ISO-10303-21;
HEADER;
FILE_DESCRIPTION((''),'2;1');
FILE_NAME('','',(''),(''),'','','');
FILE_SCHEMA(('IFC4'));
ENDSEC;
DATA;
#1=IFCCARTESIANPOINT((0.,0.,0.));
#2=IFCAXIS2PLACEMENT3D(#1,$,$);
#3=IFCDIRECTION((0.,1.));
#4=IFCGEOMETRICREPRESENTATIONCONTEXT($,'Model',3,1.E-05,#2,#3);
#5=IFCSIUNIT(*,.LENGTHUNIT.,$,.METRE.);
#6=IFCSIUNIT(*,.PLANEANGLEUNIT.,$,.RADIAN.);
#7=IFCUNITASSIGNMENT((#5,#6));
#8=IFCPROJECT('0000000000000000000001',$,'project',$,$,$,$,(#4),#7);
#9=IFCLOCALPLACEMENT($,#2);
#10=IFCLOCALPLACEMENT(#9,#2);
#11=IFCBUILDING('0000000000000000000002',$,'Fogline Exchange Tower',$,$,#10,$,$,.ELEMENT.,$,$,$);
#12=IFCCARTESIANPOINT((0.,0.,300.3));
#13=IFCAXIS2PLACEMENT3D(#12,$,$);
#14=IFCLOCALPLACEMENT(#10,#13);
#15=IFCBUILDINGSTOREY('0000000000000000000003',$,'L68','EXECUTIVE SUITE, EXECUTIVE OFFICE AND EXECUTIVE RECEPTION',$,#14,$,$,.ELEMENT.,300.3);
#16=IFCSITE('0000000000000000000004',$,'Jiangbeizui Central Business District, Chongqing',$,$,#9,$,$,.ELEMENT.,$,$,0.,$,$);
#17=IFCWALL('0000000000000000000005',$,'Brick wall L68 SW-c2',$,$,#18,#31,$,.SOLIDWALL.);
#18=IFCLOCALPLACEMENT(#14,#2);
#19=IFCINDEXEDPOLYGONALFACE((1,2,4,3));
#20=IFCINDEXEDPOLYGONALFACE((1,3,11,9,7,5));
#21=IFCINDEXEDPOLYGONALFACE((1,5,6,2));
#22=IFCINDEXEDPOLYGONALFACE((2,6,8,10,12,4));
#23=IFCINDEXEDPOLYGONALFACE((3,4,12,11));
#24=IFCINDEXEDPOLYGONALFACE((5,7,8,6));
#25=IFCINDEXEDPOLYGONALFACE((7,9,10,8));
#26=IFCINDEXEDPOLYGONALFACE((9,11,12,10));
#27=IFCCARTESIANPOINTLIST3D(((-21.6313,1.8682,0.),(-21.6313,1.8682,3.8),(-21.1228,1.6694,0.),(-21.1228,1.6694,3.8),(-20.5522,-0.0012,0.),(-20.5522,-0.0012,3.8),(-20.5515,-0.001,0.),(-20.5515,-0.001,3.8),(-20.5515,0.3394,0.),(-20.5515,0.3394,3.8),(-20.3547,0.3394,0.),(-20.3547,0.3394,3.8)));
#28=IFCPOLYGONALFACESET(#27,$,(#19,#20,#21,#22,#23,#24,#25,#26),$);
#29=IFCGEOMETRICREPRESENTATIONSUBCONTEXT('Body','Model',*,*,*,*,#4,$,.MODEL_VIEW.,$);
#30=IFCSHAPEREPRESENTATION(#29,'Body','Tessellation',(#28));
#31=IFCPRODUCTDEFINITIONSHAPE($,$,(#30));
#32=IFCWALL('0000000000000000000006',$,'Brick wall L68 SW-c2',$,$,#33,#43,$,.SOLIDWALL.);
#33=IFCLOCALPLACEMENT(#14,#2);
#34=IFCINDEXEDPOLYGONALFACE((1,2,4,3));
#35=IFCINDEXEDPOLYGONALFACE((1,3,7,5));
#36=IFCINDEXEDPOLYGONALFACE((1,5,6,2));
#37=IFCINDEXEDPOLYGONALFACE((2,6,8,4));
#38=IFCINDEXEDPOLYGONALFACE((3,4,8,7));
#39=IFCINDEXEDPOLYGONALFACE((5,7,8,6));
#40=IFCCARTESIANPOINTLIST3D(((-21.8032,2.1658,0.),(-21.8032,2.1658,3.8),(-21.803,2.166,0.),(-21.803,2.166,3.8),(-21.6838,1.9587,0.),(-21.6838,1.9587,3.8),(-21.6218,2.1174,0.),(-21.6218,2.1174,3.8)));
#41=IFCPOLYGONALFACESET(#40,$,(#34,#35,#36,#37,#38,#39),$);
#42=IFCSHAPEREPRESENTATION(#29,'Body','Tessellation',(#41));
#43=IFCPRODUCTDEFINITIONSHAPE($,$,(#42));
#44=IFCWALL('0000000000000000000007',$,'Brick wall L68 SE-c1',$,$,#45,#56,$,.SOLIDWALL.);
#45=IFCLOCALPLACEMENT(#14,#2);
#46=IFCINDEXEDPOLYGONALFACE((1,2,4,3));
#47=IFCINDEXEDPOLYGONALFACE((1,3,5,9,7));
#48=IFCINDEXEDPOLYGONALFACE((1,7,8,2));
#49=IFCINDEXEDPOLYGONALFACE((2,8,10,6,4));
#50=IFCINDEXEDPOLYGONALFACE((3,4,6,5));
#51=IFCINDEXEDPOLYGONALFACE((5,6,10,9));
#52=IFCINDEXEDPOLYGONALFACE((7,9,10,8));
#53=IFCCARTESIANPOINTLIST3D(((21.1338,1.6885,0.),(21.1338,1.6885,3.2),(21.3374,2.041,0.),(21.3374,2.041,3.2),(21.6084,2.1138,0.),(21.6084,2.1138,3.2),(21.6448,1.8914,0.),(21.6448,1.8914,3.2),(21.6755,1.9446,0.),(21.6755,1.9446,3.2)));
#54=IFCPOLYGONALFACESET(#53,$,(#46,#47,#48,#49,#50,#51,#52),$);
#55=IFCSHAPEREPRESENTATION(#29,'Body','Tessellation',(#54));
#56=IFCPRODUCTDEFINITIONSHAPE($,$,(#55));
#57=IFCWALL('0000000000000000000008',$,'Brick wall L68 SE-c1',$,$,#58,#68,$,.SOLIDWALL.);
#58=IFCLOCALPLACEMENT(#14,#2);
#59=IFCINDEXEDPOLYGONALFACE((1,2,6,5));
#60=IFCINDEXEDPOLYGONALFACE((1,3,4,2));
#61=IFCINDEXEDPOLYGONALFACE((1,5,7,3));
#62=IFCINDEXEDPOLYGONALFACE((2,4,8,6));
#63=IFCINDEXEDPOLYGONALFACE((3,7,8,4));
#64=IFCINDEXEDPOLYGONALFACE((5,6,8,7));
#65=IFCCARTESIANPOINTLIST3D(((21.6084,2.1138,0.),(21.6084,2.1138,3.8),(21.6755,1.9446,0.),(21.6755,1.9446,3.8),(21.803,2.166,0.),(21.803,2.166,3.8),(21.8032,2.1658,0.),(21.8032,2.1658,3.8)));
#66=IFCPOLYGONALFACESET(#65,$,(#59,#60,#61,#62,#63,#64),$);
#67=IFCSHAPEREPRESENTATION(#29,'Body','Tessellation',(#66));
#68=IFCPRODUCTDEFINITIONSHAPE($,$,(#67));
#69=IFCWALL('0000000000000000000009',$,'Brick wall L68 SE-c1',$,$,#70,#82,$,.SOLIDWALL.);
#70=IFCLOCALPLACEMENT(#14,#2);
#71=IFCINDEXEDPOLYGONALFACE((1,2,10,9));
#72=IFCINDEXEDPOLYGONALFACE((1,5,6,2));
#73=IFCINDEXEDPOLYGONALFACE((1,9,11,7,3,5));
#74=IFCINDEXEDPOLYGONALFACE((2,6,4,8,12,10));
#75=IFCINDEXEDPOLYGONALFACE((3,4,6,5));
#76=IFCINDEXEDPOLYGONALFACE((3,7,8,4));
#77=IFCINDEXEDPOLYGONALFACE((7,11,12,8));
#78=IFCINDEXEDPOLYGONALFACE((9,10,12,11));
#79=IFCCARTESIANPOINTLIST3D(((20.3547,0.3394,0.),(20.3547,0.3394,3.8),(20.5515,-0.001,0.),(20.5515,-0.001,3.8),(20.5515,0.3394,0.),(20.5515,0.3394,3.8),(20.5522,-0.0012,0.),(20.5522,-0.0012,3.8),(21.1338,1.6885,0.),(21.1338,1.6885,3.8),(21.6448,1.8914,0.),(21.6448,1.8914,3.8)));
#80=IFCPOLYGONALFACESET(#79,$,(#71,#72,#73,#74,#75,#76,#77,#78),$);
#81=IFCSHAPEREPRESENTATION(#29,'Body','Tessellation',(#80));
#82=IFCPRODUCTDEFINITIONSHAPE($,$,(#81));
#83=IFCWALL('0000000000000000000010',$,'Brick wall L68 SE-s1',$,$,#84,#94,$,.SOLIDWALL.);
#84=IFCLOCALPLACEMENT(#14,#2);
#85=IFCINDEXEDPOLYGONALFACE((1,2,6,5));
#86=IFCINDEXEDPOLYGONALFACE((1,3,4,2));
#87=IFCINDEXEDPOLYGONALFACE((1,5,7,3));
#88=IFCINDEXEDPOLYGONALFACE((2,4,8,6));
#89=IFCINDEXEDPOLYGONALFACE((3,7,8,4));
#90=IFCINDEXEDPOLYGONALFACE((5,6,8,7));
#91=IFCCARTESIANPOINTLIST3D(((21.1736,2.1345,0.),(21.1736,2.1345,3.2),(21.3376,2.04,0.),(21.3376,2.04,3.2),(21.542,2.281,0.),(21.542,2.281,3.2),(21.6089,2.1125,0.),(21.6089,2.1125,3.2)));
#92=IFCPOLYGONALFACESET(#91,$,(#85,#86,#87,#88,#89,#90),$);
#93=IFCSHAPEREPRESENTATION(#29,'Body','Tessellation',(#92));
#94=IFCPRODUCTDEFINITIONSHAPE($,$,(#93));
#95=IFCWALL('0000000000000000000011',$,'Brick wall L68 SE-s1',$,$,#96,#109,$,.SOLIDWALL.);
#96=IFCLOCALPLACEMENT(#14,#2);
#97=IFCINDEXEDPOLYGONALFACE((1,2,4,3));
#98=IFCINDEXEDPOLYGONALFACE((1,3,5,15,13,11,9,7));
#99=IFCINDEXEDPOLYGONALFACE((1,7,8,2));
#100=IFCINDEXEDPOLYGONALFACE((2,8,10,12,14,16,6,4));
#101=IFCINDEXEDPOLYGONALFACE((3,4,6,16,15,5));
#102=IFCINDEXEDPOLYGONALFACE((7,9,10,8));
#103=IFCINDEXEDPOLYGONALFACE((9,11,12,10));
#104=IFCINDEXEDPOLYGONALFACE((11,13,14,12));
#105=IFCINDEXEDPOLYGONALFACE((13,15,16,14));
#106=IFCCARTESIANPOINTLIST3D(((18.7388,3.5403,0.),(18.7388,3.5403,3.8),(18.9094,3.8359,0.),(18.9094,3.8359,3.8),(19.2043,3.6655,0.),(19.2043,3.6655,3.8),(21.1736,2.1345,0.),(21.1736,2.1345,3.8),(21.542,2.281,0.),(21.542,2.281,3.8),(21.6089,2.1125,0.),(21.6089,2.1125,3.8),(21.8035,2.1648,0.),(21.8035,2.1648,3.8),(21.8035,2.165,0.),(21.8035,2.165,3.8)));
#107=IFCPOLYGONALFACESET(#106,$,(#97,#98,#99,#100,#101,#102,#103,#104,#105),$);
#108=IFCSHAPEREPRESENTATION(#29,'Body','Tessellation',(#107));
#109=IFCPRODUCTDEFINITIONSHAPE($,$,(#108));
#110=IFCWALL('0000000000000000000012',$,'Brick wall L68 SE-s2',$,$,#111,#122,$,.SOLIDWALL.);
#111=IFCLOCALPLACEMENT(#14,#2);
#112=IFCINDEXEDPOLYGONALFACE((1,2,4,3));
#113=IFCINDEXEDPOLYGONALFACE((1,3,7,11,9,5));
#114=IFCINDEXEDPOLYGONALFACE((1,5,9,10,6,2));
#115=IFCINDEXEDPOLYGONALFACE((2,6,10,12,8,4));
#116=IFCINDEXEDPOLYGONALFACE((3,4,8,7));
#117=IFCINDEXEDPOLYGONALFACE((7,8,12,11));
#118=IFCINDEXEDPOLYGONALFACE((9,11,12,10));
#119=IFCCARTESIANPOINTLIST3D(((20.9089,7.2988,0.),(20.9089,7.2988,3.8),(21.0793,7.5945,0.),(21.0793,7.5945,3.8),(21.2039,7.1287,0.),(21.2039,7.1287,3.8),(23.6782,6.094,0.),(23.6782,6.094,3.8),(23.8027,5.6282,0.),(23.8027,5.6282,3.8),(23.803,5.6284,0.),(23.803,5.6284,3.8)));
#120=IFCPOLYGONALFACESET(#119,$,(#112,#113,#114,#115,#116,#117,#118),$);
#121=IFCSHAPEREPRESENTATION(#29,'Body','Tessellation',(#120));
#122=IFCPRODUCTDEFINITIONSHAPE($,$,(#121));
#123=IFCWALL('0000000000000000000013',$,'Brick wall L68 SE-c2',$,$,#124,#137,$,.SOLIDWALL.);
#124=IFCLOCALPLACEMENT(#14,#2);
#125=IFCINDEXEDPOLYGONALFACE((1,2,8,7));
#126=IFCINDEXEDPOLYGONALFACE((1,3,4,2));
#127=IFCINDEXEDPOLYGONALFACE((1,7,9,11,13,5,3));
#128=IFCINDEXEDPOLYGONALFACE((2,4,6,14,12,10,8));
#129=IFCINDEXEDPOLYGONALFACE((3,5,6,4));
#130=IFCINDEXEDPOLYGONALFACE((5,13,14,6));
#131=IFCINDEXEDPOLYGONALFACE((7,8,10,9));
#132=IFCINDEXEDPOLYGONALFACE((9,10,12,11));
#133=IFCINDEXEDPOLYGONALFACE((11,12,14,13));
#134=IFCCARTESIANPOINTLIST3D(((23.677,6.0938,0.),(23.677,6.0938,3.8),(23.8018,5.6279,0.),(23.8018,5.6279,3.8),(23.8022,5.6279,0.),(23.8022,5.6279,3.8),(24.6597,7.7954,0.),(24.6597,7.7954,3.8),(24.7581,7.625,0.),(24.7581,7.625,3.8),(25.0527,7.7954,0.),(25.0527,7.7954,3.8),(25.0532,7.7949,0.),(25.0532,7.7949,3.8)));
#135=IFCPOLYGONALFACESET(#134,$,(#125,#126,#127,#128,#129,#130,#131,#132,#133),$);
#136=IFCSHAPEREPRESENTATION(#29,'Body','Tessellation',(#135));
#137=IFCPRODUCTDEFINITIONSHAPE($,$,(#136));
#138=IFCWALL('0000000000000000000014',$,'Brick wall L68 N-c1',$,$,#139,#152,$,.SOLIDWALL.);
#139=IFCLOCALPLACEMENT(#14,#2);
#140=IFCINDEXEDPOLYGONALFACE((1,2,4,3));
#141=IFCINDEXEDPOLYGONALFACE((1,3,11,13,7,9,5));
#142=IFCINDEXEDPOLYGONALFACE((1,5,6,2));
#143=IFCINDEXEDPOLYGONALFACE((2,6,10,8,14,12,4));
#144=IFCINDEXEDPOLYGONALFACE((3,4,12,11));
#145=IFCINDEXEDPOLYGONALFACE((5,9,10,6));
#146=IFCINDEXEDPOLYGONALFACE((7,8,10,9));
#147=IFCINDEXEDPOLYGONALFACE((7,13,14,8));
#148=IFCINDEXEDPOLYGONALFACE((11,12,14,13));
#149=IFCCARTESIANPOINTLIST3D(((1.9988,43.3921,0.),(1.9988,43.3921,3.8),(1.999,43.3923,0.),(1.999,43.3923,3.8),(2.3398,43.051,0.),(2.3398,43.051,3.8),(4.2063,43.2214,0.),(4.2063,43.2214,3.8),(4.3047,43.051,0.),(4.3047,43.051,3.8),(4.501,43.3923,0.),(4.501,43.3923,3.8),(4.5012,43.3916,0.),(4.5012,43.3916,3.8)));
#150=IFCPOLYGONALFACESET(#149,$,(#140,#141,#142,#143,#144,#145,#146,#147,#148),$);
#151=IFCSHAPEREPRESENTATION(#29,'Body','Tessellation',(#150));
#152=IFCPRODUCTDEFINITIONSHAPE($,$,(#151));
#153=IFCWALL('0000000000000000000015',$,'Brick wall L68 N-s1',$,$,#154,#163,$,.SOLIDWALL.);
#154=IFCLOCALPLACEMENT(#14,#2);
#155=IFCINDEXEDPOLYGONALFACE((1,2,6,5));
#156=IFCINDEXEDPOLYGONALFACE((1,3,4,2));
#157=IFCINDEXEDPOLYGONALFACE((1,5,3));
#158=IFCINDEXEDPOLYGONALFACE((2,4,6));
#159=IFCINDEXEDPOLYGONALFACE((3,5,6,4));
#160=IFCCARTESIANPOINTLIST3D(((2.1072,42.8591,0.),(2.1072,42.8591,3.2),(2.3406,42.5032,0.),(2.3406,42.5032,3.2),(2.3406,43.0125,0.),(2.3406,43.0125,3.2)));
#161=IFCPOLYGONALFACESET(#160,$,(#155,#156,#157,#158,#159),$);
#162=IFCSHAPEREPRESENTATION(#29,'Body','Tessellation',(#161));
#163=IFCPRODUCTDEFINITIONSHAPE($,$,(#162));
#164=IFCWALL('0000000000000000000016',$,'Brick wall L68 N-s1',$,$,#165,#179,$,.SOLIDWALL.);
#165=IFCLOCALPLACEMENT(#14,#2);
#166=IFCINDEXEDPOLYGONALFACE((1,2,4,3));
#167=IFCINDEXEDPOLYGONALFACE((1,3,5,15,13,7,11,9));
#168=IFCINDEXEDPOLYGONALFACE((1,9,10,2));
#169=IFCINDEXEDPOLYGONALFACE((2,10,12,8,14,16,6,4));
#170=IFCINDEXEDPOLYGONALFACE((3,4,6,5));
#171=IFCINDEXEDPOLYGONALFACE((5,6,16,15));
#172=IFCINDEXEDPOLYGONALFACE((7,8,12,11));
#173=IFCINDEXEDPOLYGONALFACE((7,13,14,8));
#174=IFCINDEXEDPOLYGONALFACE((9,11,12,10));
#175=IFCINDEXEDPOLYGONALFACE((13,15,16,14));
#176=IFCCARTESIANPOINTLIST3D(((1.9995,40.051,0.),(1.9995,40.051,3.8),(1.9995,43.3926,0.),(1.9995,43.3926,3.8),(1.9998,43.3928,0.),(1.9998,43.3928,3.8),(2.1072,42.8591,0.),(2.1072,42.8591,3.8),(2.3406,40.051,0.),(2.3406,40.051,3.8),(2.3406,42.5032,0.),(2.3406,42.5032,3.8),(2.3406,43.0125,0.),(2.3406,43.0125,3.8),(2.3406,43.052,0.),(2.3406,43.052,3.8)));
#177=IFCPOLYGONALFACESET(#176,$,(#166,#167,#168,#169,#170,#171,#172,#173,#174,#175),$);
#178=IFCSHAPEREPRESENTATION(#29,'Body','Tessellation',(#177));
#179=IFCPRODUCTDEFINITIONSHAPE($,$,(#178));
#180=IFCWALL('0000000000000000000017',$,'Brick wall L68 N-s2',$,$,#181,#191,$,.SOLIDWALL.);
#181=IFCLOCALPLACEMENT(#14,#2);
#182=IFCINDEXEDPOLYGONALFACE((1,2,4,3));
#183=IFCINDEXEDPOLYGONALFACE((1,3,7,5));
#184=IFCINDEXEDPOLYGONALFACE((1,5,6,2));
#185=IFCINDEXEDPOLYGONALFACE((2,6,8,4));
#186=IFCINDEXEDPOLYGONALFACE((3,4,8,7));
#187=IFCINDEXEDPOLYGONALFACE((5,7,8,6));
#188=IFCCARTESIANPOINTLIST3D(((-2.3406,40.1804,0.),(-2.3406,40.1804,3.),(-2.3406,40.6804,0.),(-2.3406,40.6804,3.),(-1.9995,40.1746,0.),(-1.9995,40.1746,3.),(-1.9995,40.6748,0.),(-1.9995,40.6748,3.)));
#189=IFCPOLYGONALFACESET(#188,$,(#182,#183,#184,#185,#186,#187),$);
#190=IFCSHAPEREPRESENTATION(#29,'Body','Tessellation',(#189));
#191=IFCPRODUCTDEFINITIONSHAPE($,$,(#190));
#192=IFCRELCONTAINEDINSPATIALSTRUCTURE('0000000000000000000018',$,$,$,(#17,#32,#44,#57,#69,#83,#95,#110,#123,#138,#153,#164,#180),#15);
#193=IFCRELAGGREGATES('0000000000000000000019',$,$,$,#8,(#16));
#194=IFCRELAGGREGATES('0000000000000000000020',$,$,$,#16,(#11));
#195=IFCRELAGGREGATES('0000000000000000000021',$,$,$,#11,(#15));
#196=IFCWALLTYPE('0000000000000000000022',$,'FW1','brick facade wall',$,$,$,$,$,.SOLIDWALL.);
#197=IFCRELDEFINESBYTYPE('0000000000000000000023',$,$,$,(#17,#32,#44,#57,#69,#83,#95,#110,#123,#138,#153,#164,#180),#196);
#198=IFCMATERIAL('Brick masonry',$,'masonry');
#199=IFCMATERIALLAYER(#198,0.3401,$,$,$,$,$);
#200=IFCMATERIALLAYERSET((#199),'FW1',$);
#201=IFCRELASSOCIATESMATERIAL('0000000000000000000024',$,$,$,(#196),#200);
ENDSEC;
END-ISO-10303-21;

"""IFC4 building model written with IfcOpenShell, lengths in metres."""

from ifc_helpers import new_model, si_unit, direction, frame, origin, place, context, subcontext, project, spatial, polyline, outline, extrude, material, layer, layer_set, type_object, element, save


model = new_model("IFC4")

# Units and contexts
model_context = context("Model", 3, precision=1e-05, world=origin(), true_north=direction((0.0, 1.0)))
body_context = subcontext(model_context, "Body", "Model", "MODEL_VIEW")
ifc_project = project(units=[si_unit("LENGTHUNIT", "METRE"), si_unit("PLANEANGLEUNIT", "RADIAN")], contexts=[model_context])

# Site, building, storey
site_placement = place(None, origin())
site = spatial("IfcSite", under=ifc_project, at=site_placement, Name="Jiangbeizui Central Business District, Chongqing", CompositionType="ELEMENT", RefElevation=0.0)
building_placement = place(site_placement, origin())
building = spatial("IfcBuilding", under=site, at=building_placement, Name="Fogline Exchange Tower", CompositionType="ELEMENT")
storey_placement = place(building_placement, frame((0.0, 0.0, 300.3)))
storey = spatial("IfcBuildingStorey", under=building, at=storey_placement, Name="L68", Description="EXECUTIVE SUITE, EXECUTIVE OFFICE AND EXECUTIVE RECEPTION", CompositionType="ELEMENT", Elevation=300.3)

# Walls
ifc_material_1 = material(Name="Brick masonry", Category="masonry")
ifc_layer_1 = layer(ifc_material_1, 0.3401)
ifc_layer_set_1 = layer_set([ifc_layer_1], Name="FW1")
wall_type_1 = type_object("IfcWallType", Name="FW1", Description="brick facade wall", PredefinedType="SOLIDWALL", material=ifc_layer_set_1)
wall_1_placement = place(storey_placement, origin())
element("IfcWall", 1, at=wall_1_placement, inside=storey, type_object=wall_type_1, Name="Brick wall L68 SW-c2", PredefinedType="SOLIDWALL", context=body_context, shape_type="SweptSolid", body=[
    extrude(outline(polyline([(-20.5515, 0.3394), (-20.5515, -0.001), (-20.5522, -0.0012), (-21.6313, 1.8682), (-21.1228, 1.6694), (-20.3547, 0.3394), (-20.5515, 0.3394)])), origin(), (0.0, 0.0, 1.0), 3.8),
])
wall_2_placement = place(storey_placement, origin())
element("IfcWall", 2, at=wall_2_placement, inside=storey, type_object=wall_type_1, Name="Brick wall L68 SW-c2", PredefinedType="SOLIDWALL", context=body_context, shape_type="SweptSolid", body=[
    extrude(outline(polyline([(-21.8032, 2.1658), (-21.803, 2.166), (-21.6218, 2.1174), (-21.6838, 1.9587), (-21.8032, 2.1658)])), origin(), (0.0, 0.0, 1.0), 3.8),
])
wall_3_placement = place(storey_placement, origin())
element("IfcWall", 3, at=wall_3_placement, inside=storey, type_object=wall_type_1, Name="Brick wall L68 SE-c1", PredefinedType="SOLIDWALL", context=body_context, shape_type="SweptSolid", body=[
    extrude(outline(polyline([(21.6448, 1.8914), (21.1338, 1.6885), (21.3374, 2.041), (21.6084, 2.1138), (21.6755, 1.9446), (21.6448, 1.8914)])), origin(), (0.0, 0.0, 1.0), 3.2),
])
wall_4_placement = place(storey_placement, origin())
element("IfcWall", 4, at=wall_4_placement, inside=storey, type_object=wall_type_1, Name="Brick wall L68 SE-c1", PredefinedType="SOLIDWALL", context=body_context, shape_type="SweptSolid", body=[
    extrude(outline(polyline([(21.6755, 1.9446), (21.6084, 2.1138), (21.803, 2.166), (21.8032, 2.1658), (21.6755, 1.9446)])), origin(), (0.0, 0.0, 1.0), 3.8),
])
wall_5_placement = place(storey_placement, origin())
element("IfcWall", 5, at=wall_5_placement, inside=storey, type_object=wall_type_1, Name="Brick wall L68 SE-c1", PredefinedType="SOLIDWALL", context=body_context, shape_type="SweptSolid", body=[
    extrude(outline(polyline([(20.5522, -0.0012), (20.5515, -0.001), (20.5515, 0.3394), (20.3547, 0.3394), (21.1338, 1.6885), (21.6448, 1.8914), (20.5522, -0.0012)])), origin(), (0.0, 0.0, 1.0), 3.8),
])
wall_6_placement = place(storey_placement, origin())
element("IfcWall", 6, at=wall_6_placement, inside=storey, type_object=wall_type_1, Name="Brick wall L68 SE-s1", PredefinedType="SOLIDWALL", context=body_context, shape_type="SweptSolid", body=[
    extrude(outline(polyline([(21.3376, 2.04), (21.1736, 2.1345), (21.542, 2.281), (21.6089, 2.1125), (21.3376, 2.04)])), origin(), (0.0, 0.0, 1.0), 3.2),
])
wall_7_placement = place(storey_placement, origin())
element("IfcWall", 7, at=wall_7_placement, inside=storey, type_object=wall_type_1, Name="Brick wall L68 SE-s1", PredefinedType="SOLIDWALL", context=body_context, shape_type="SweptSolid", body=[
    extrude(outline(polyline([(18.9094, 3.8359), (19.2043, 3.6655), (21.8035, 2.165), (21.8035, 2.1648), (21.6089, 2.1125), (21.542, 2.281), (21.1736, 2.1345), (18.7388, 3.5403), (18.9094, 3.8359)])), origin(), (0.0, 0.0, 1.0), 3.8),
])
wall_8_placement = place(storey_placement, origin())
element("IfcWall", 8, at=wall_8_placement, inside=storey, type_object=wall_type_1, Name="Brick wall L68 SE-s2", PredefinedType="SOLIDWALL", context=body_context, shape_type="SweptSolid", body=[
    extrude(outline(polyline([(23.8027, 5.6282), (21.2039, 7.1287), (20.9089, 7.2988), (21.0793, 7.5945), (23.6782, 6.094), (23.803, 5.6284), (23.8027, 5.6282)])), origin(), (0.0, 0.0, 1.0), 3.8),
])
wall_9_placement = place(storey_placement, origin())
element("IfcWall", 9, at=wall_9_placement, inside=storey, type_object=wall_type_1, Name="Brick wall L68 SE-c2", PredefinedType="SOLIDWALL", context=body_context, shape_type="SweptSolid", body=[
    extrude(outline(polyline([(24.6597, 7.7954), (24.7581, 7.625), (25.0527, 7.7954), (25.0532, 7.7949), (23.8022, 5.6279), (23.8018, 5.6279), (23.677, 6.0938), (24.6597, 7.7954)])), origin(), (0.0, 0.0, 1.0), 3.8),
])
wall_10_placement = place(storey_placement, origin())
element("IfcWall", 10, at=wall_10_placement, inside=storey, type_object=wall_type_1, Name="Brick wall L68 N-c1", PredefinedType="SOLIDWALL", context=body_context, shape_type="SweptSolid", body=[
    extrude(outline(polyline([(1.999, 43.3923), (4.501, 43.3923), (4.5012, 43.3916), (4.2063, 43.2214), (4.3047, 43.051), (2.3398, 43.051), (1.9988, 43.3921), (1.999, 43.3923)])), origin(), (0.0, 0.0, 1.0), 3.8),
])
wall_11_placement = place(storey_placement, origin())
element("IfcWall", 11, at=wall_11_placement, inside=storey, type_object=wall_type_1, Name="Brick wall L68 N-s1", PredefinedType="SOLIDWALL", context=body_context, shape_type="SweptSolid", body=[
    extrude(outline(polyline([(2.3406, 42.5032), (2.1072, 42.8591), (2.3406, 43.0125), (2.3406, 42.5032)])), origin(), (0.0, 0.0, 1.0), 3.2),
])
wall_12_placement = place(storey_placement, origin())
element("IfcWall", 12, at=wall_12_placement, inside=storey, type_object=wall_type_1, Name="Brick wall L68 N-s1", PredefinedType="SOLIDWALL", context=body_context, shape_type="SweptSolid", body=[
    extrude(outline(polyline([(1.9995, 40.051), (1.9995, 43.3926), (1.9998, 43.3928), (2.3406, 43.052), (2.3406, 43.0125), (2.1072, 42.8591), (2.3406, 42.5032), (2.3406, 40.051), (1.9995, 40.051)])), origin(), (0.0, 0.0, 1.0), 3.8),
])
wall_13_placement = place(storey_placement, origin())
element("IfcWall", 13, at=wall_13_placement, inside=storey, type_object=wall_type_1, Name="Brick wall L68 N-s2", PredefinedType="SOLIDWALL", context=body_context, shape_type="SweptSolid", body=[
    extrude(outline(polyline([(-1.9995, 40.1746), (-2.3406, 40.1804), (-2.3406, 40.6804), (-1.9995, 40.6748), (-1.9995, 40.1746)])), origin(), (0.0, 0.0, 1.0), 3.0),
])

save(model, "model.ifc")
